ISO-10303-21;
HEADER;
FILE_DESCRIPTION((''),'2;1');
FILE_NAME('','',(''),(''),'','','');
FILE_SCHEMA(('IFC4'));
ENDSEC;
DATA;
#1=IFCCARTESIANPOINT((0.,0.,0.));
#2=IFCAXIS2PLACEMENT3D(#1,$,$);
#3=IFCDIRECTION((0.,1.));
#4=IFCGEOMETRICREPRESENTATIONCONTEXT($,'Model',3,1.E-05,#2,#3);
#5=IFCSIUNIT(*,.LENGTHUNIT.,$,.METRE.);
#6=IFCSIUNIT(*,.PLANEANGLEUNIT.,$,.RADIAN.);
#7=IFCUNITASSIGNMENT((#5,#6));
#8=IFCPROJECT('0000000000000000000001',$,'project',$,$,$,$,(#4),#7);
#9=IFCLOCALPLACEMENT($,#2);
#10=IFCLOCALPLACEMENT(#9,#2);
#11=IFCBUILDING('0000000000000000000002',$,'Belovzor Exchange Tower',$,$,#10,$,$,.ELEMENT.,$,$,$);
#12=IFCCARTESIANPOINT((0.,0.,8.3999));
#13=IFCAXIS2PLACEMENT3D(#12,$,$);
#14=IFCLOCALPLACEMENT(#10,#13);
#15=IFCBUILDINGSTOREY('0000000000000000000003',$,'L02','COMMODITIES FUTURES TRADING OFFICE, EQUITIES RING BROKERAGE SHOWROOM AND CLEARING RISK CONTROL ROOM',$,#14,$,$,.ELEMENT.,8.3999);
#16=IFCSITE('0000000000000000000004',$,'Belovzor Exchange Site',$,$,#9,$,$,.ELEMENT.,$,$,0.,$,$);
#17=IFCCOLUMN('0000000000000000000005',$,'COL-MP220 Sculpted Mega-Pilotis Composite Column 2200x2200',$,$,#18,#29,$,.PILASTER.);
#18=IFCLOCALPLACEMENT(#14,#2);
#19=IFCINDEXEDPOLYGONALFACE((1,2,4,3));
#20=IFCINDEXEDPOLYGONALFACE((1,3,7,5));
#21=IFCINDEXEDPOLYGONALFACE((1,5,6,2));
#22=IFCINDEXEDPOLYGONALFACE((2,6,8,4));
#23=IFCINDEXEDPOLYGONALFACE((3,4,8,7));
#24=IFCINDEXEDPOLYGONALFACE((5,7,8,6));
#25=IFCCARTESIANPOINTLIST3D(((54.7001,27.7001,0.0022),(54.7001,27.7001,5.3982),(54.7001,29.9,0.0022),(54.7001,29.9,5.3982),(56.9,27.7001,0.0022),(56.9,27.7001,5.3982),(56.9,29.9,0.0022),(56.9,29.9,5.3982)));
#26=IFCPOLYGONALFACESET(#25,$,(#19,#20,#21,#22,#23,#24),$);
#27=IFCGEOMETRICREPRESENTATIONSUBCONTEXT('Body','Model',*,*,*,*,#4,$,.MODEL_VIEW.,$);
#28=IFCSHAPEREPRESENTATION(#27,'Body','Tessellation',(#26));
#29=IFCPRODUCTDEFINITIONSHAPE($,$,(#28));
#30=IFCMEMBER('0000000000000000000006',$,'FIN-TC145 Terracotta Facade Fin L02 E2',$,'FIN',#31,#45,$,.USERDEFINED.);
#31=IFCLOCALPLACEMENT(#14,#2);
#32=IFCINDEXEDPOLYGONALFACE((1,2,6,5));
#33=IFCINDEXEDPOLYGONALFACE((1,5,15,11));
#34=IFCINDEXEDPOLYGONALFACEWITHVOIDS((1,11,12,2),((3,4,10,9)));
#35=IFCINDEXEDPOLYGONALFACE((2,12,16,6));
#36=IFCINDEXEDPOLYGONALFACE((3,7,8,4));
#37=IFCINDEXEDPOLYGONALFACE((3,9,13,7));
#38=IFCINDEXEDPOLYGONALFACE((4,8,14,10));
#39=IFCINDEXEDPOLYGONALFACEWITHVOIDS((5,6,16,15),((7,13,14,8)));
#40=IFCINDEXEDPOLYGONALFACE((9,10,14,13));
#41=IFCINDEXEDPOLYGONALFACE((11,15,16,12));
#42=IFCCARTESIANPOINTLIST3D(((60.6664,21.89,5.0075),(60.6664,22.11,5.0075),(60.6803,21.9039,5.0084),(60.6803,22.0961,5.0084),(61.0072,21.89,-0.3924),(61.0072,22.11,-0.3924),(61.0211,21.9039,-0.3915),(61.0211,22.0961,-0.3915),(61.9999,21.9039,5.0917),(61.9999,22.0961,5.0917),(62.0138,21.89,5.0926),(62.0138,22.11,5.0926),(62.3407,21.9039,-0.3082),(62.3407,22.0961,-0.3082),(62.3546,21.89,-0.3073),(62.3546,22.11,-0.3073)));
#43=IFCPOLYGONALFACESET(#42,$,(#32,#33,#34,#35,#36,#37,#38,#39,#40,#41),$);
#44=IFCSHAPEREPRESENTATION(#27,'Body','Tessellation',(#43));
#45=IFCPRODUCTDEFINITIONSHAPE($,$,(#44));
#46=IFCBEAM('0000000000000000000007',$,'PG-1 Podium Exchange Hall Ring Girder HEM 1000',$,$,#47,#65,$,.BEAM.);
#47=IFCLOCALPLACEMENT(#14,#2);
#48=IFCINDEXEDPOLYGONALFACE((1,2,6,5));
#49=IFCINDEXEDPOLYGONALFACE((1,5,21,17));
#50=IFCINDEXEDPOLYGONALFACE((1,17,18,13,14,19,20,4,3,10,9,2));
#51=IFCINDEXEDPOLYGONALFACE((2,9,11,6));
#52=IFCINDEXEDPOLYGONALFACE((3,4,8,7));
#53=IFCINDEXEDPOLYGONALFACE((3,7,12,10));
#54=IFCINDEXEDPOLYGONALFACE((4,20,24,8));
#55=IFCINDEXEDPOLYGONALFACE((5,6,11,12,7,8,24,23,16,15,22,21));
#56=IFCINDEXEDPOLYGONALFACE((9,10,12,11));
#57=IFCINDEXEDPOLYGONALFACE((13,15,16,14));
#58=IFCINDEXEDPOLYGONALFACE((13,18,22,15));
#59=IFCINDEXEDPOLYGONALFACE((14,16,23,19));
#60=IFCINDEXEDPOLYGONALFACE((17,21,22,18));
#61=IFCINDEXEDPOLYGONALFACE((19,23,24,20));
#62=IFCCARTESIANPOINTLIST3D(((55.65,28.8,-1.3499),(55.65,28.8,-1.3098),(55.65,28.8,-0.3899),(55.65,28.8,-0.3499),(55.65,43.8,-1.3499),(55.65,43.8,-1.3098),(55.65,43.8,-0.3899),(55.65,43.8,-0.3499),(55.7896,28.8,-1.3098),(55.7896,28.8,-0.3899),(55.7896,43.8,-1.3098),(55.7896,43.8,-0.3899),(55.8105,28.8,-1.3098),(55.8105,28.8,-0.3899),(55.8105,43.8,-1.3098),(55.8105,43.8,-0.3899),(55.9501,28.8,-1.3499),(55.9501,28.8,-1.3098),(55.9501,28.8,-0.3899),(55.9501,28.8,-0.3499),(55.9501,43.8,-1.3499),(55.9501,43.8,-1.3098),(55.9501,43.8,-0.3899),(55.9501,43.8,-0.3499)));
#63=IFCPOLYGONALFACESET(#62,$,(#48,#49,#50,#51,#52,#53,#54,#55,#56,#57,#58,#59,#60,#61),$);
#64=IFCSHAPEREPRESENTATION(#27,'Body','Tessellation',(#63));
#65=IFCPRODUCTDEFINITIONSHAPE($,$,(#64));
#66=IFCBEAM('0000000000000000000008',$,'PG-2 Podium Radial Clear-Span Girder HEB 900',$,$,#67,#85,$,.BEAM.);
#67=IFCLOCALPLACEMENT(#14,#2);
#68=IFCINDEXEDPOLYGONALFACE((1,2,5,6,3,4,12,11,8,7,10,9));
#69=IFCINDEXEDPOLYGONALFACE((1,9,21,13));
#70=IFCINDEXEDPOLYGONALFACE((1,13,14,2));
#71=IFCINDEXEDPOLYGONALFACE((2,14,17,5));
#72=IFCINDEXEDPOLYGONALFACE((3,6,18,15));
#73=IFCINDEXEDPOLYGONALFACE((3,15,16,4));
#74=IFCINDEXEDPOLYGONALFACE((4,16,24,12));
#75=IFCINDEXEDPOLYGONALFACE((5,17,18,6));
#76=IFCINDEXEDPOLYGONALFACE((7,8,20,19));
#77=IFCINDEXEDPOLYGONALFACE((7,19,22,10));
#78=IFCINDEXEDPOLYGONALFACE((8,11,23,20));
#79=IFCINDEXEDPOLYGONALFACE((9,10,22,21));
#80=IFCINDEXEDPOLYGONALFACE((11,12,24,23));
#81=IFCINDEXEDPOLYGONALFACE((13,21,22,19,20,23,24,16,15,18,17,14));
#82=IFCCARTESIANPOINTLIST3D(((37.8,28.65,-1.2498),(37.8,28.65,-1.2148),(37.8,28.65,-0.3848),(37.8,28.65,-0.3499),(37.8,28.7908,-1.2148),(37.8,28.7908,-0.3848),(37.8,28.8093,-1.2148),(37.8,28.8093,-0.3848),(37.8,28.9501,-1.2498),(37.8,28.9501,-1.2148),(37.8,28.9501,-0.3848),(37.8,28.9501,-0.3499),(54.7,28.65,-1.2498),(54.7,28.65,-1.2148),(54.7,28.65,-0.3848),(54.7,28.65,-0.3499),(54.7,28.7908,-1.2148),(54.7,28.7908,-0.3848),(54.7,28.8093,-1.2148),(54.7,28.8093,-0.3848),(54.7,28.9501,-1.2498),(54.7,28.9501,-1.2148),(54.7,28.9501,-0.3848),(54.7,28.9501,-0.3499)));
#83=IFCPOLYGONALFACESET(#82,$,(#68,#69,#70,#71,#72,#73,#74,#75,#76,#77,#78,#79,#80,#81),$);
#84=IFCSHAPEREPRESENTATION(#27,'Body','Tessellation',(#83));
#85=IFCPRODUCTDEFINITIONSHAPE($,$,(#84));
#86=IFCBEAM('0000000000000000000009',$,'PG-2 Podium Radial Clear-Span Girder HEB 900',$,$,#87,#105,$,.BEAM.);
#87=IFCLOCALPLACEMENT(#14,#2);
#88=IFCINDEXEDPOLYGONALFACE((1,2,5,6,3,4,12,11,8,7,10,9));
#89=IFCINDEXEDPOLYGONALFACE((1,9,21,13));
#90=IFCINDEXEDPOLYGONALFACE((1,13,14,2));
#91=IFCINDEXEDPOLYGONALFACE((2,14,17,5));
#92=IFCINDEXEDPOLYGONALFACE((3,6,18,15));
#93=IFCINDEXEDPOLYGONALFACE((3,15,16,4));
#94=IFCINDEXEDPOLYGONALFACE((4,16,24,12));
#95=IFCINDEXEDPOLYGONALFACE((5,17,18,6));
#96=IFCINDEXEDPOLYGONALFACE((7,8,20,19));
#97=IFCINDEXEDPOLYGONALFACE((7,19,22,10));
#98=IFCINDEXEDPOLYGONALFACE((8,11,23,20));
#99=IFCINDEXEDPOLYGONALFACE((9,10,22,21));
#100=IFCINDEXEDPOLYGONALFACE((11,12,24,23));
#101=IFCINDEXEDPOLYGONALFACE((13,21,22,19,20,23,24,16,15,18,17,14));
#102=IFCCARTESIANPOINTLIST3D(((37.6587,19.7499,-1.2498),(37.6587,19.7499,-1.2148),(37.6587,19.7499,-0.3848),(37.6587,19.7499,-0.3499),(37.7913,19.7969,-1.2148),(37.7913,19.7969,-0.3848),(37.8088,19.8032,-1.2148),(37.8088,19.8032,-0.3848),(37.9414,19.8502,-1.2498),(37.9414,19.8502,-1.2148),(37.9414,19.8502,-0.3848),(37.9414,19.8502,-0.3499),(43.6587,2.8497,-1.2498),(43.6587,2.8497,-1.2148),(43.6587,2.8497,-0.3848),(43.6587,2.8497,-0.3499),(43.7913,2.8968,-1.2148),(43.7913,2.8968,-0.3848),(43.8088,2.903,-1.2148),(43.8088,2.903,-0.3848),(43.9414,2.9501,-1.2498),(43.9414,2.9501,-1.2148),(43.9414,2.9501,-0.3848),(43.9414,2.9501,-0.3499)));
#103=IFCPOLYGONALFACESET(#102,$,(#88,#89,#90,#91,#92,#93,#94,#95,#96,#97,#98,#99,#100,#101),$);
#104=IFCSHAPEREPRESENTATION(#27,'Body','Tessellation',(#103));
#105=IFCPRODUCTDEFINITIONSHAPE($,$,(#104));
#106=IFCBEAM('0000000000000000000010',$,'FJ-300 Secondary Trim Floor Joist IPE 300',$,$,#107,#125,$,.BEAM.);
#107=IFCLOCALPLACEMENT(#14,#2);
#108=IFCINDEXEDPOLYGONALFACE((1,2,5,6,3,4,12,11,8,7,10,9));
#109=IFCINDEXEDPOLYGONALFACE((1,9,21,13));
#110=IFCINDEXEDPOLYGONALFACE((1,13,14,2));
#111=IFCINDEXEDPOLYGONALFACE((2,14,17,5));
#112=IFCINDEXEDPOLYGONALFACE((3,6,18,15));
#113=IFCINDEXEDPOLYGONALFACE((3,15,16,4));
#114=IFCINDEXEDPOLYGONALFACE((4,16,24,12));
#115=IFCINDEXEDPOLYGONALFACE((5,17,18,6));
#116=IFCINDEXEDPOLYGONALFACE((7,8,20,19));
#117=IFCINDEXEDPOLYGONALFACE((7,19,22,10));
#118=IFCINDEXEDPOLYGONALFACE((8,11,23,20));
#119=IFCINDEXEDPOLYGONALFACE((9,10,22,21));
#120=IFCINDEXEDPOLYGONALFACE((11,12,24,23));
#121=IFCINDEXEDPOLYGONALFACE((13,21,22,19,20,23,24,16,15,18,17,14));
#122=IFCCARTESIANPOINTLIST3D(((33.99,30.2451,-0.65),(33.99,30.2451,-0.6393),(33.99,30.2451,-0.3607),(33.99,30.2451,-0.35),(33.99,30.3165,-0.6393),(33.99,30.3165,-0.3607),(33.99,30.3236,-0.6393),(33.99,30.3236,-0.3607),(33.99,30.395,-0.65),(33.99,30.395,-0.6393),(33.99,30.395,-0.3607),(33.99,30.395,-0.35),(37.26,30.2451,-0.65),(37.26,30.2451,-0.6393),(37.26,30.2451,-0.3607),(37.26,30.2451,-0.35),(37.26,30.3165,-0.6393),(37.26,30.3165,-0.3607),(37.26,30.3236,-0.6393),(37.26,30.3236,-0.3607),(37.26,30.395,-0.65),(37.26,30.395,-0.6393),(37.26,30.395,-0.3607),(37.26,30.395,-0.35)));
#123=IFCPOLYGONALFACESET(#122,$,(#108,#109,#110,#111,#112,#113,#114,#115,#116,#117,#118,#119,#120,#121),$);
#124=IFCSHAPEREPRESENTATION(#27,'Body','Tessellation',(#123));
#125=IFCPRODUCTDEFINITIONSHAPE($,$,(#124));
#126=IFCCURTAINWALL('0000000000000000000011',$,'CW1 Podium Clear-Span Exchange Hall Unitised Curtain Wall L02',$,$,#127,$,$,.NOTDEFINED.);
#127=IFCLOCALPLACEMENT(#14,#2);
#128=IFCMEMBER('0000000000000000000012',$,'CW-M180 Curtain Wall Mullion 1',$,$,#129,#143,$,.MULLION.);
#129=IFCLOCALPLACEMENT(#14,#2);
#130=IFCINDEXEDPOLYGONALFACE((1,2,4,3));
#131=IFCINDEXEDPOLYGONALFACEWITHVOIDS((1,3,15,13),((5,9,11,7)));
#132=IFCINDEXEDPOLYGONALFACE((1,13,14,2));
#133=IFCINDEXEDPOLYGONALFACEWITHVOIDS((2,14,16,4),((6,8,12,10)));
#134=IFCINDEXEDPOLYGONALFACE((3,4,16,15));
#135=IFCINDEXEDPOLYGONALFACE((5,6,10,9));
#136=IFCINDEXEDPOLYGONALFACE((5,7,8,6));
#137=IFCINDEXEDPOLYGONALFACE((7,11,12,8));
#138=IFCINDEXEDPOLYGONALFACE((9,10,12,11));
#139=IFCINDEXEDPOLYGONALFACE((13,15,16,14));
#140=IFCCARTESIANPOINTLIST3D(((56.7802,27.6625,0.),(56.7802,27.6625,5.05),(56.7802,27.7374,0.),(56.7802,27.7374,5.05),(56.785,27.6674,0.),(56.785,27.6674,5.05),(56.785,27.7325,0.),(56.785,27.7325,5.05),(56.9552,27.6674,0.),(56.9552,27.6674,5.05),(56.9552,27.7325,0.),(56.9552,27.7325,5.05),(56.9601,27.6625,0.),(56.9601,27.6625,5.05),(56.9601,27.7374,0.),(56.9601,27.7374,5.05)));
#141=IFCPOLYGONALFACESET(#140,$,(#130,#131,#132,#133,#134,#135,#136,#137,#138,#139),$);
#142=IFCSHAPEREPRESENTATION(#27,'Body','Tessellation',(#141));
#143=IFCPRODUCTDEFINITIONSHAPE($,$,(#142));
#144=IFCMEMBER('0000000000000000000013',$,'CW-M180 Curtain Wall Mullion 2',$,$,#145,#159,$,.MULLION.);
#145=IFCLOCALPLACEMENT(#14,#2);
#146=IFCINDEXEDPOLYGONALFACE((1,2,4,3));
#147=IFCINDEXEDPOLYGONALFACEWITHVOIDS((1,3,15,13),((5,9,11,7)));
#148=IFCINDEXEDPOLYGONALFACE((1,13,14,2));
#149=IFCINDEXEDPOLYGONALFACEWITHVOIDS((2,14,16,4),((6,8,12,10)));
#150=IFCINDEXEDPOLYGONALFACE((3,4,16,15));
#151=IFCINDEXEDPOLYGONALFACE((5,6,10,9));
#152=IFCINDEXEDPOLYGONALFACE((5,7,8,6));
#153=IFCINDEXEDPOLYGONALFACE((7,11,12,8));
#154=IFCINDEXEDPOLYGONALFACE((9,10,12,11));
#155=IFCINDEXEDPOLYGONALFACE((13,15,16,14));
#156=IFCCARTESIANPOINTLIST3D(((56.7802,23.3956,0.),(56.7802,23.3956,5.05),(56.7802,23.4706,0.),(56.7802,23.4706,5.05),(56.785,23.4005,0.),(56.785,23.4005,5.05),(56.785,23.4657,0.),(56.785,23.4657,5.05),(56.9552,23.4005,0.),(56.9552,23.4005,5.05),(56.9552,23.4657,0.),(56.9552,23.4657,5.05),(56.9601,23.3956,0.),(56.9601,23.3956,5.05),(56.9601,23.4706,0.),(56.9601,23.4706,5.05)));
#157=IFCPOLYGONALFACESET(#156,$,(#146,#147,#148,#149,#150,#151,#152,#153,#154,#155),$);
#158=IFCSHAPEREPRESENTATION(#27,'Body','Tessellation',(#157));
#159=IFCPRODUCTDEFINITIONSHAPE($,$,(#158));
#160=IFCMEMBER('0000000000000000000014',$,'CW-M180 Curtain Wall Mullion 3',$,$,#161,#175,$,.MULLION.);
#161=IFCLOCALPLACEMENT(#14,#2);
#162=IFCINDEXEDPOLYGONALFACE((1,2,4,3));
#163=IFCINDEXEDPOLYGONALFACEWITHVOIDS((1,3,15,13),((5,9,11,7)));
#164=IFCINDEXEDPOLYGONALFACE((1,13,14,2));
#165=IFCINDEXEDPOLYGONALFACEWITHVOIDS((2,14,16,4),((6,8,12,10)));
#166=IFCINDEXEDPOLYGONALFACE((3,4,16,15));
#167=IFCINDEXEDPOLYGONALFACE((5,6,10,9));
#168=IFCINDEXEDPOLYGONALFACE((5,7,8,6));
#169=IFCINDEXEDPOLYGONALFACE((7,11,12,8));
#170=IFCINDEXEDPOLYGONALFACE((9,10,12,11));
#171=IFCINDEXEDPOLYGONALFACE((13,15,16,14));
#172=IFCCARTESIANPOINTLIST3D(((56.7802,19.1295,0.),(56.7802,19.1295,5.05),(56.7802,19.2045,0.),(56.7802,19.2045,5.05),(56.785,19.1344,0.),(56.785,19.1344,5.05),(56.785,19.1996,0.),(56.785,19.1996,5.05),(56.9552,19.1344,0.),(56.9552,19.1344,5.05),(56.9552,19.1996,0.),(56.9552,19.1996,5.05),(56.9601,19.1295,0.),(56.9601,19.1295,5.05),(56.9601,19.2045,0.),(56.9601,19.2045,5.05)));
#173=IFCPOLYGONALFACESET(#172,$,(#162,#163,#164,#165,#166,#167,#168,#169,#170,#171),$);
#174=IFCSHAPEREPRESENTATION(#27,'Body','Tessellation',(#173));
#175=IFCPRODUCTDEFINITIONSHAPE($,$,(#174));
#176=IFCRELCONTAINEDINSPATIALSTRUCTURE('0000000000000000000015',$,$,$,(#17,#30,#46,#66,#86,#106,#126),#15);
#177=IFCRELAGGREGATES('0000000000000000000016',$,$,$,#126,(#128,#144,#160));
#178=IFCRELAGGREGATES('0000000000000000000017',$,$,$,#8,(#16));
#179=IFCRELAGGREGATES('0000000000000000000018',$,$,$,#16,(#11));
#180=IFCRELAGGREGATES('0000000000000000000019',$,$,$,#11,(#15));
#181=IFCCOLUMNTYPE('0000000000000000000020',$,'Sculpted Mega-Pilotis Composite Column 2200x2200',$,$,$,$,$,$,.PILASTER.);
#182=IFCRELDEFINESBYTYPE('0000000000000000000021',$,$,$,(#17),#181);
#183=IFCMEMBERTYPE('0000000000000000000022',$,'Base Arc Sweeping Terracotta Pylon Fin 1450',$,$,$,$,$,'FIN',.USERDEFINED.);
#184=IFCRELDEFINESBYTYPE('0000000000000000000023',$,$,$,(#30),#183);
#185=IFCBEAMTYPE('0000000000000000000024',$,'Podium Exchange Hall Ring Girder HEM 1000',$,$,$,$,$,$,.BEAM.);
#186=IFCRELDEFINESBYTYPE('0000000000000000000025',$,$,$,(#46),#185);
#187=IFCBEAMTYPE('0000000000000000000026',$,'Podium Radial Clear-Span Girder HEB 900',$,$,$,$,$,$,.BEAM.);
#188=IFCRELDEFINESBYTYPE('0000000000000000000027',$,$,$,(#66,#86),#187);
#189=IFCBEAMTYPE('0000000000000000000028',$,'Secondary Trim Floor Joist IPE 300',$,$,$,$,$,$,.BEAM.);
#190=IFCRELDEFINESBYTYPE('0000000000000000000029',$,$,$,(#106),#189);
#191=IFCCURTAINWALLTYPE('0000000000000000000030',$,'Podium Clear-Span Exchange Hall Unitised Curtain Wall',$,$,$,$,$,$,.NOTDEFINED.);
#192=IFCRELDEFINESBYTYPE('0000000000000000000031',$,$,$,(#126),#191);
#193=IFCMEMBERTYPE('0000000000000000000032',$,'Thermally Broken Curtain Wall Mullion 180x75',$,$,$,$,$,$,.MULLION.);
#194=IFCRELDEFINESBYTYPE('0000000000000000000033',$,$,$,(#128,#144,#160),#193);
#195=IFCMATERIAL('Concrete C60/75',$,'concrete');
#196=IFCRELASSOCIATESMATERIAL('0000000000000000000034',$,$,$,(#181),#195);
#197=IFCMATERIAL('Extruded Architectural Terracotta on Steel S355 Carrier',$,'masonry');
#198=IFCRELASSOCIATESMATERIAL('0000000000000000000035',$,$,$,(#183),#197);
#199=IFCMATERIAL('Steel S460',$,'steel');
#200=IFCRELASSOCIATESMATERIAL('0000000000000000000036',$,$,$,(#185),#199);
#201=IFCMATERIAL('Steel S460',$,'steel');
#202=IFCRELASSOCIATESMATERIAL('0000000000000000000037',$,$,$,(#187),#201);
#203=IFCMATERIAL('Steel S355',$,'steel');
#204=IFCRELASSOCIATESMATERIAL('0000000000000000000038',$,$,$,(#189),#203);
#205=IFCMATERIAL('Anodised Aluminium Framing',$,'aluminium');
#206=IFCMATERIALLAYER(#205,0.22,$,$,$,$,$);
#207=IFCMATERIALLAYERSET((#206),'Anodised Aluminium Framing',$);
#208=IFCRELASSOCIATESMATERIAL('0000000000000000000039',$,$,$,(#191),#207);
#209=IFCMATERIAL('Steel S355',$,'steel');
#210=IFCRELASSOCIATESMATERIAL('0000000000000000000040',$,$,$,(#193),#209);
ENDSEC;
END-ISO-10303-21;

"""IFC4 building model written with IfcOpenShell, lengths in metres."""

from ifc_helpers import new_model, si_unit, direction, frame, origin, origin_2d, place, context, subcontext, project, spatial, rectangle, hollow_rectangle, i_section, extrude, material, layer, layer_set, material_profile, profile_set, type_object, element, aggregate, save


model = new_model("IFC4")

# Units and contexts
model_context = context("Model", 3, precision=1e-05, world=origin(), true_north=direction((0.0, 1.0)))
body_context = subcontext(model_context, "Body", "Model", "MODEL_VIEW")
ifc_project = project(units=[si_unit("LENGTHUNIT", "METRE"), si_unit("PLANEANGLEUNIT", "RADIAN")], contexts=[model_context])

# Site, building, storey
site_placement = place(None, origin())
site = spatial("IfcSite", under=ifc_project, at=site_placement, Name="Belovzor Exchange Site", CompositionType="ELEMENT", RefElevation=0.0)
building_placement = place(site_placement, origin())
building = spatial("IfcBuilding", under=site, at=building_placement, Name="Belovzor Exchange Tower", CompositionType="ELEMENT")
storey_placement = place(building_placement, frame((0.0, 0.0, 8.3999)))
storey = spatial("IfcBuildingStorey", under=building, at=storey_placement, Name="L02", Description="COMMODITIES FUTURES TRADING OFFICE, EQUITIES RING BROKERAGE SHOWROOM AND CLEARING RISK CONTROL ROOM", CompositionType="ELEMENT", Elevation=8.3999)

# Column
ifc_material_1 = material(Name="Concrete C60/75", Category="concrete")
ifc_material_profile_1 = material_profile(ifc_material_1, rectangle(XDim=2.2, YDim=2.2, at=origin_2d()))
ifc_profile_set_1 = profile_set([ifc_material_profile_1], Name="Concrete C60/75")
column_type = type_object("IfcColumnType", Name="Sculpted Mega-Pilotis Composite Column 2200x2200", PredefinedType="PILASTER", material=ifc_profile_set_1)
column_placement = place(storey_placement, frame((55.8, 28.8, 0.0022), z_axis=(0.0, 0.0, 1.0), x_axis=(1.0, 0.0, 0.0)))
element("IfcColumn", 1, at=column_placement, inside=storey, type_object=column_type, Name="COL-MP220 Sculpted Mega-Pilotis Composite Column 2200x2200", PredefinedType="PILASTER", context=body_context, shape_type="SweptSolid", body=[
    extrude(rectangle(XDim=2.2, YDim=2.2, at=origin_2d()), origin(), (0.0, 0.0, 1.0), 5.396),
])

# Member
ifc_material_2 = material(Name="Extruded Architectural Terracotta on Steel S355 Carrier", Category="masonry")
ifc_material_profile_2 = material_profile(ifc_material_2, hollow_rectangle(XDim=0.22, YDim=1.3501, WallThickness=0.0139, at=origin_2d()))
ifc_profile_set_2 = profile_set([ifc_material_profile_2], Name="Extruded Architectural Terracotta on Steel S355 Carrier")
member_type_1 = type_object("IfcMemberType", Name="Base Arc Sweeping Terracotta Pylon Fin 1450", ElementType="FIN", PredefinedType="USERDEFINED", material=ifc_profile_set_2)
member_1_placement = place(storey_placement, frame((61.6809, 22.0, -0.3499), z_axis=(-0.062991, 0.0, 0.998014), x_axis=(0.0, -1.0, 0.0)))
element("IfcMember", 2, at=member_1_placement, inside=storey, type_object=member_type_1, Name="FIN-TC145 Terracotta Facade Fin L02 E2", ObjectType="FIN", PredefinedType="USERDEFINED", context=body_context, shape_type="SweptSolid", body=[
    extrude(hollow_rectangle(XDim=0.22, YDim=1.3501, WallThickness=0.0139, at=origin_2d()), origin(), (0.0, 0.0, 1.0), 5.4106),
])

# Beams
ifc_material_3 = material(Name="Steel S460", Category="steel")
ifc_material_profile_3 = material_profile(ifc_material_3, i_section(OverallWidth=0.3, OverallDepth=1.0, WebThickness=0.021, FlangeThickness=0.04, at=origin_2d()))
ifc_profile_set_3 = profile_set([ifc_material_profile_3], Name="Steel S460")
beam_type_1 = type_object("IfcBeamType", Name="Podium Exchange Hall Ring Girder HEM 1000", PredefinedType="BEAM", material=ifc_profile_set_3)
beam_1_placement = place(storey_placement, frame((55.8, 28.8, -0.8499), z_axis=(0.0, 1.0, 0.0), x_axis=(-1.0, 0.0, 0.0)))
element("IfcBeam", 3, at=beam_1_placement, inside=storey, type_object=beam_type_1, Name="PG-1 Podium Exchange Hall Ring Girder HEM 1000", PredefinedType="BEAM", context=body_context, shape_type="SweptSolid", body=[
    extrude(i_section(OverallWidth=0.3, OverallDepth=1.0, WebThickness=0.021, FlangeThickness=0.04, at=origin_2d()), origin(), (0.0, 0.0, 1.0), 15.0),
])
ifc_material_4 = material(Name="Steel S460", Category="steel")
ifc_material_profile_4 = material_profile(ifc_material_4, i_section(OverallWidth=0.3, OverallDepth=0.8999, WebThickness=0.0186, FlangeThickness=0.0349, at=origin_2d()))
ifc_profile_set_4 = profile_set([ifc_material_profile_4], Name="Steel S460")
beam_type_2 = type_object("IfcBeamType", Name="Podium Radial Clear-Span Girder HEB 900", PredefinedType="BEAM", material=ifc_profile_set_4)
beam_2_placement = place(storey_placement, frame((37.8, 28.8, -0.7998), z_axis=(1.0, 0.0, 0.0), x_axis=(0.0, 1.0, 0.0)))
element("IfcBeam", 4, at=beam_2_placement, inside=storey, type_object=beam_type_2, Name="PG-2 Podium Radial Clear-Span Girder HEB 900", PredefinedType="BEAM", context=body_context, shape_type="SweptSolid", body=[
    extrude(i_section(OverallWidth=0.3, OverallDepth=0.8999, WebThickness=0.0186, FlangeThickness=0.0349, at=origin_2d()), origin(), (0.0, 0.0, 1.0), 16.8999),
])
beam_3_placement = place(storey_placement, frame((37.8, 19.8, -0.7998), z_axis=(0.334567, -0.942372, 0.0), x_axis=(0.942372, 0.334567, 0.0)))
element("IfcBeam", 5, at=beam_3_placement, inside=storey, type_object=beam_type_2, Name="PG-2 Podium Radial Clear-Span Girder HEB 900", PredefinedType="BEAM", context=body_context, shape_type="SweptSolid", body=[
    extrude(i_section(OverallWidth=0.3, OverallDepth=0.8999, WebThickness=0.0186, FlangeThickness=0.0349, at=origin_2d()), origin(), (0.0, 0.0, 1.0), 17.9336),
])
ifc_material_5 = material(Name="Steel S355", Category="steel")
ifc_material_profile_5 = material_profile(ifc_material_5, i_section(OverallWidth=0.1499, OverallDepth=0.3, WebThickness=0.0071, FlangeThickness=0.0107, at=origin_2d()))
ifc_profile_set_5 = profile_set([ifc_material_profile_5], Name="Steel S355")
beam_type_3 = type_object("IfcBeamType", Name="Secondary Trim Floor Joist IPE 300", PredefinedType="BEAM", material=ifc_profile_set_5)
beam_4_placement = place(storey_placement, frame((37.26, 30.3201, -0.5), z_axis=(-1.0, 0.0, 0.0), x_axis=(0.0, -1.0, 0.0)))
element("IfcBeam", 6, at=beam_4_placement, inside=storey, type_object=beam_type_3, Name="FJ-300 Secondary Trim Floor Joist IPE 300", PredefinedType="BEAM", context=body_context, shape_type="SweptSolid", body=[
    extrude(i_section(OverallWidth=0.1499, OverallDepth=0.3, WebThickness=0.0071, FlangeThickness=0.0107, at=origin_2d()), origin(), (0.0, 0.0, 1.0), 3.27),
])

# Curtain wall, members
ifc_material_6 = material(Name="Anodised Aluminium Framing", Category="aluminium")
ifc_layer_1 = layer(ifc_material_6, 0.22)
ifc_layer_set_1 = layer_set([ifc_layer_1], Name="Anodised Aluminium Framing")
curtain_wall_type = type_object("IfcCurtainWallType", Name="Podium Clear-Span Exchange Hall Unitised Curtain Wall", PredefinedType="NOTDEFINED", material=ifc_layer_set_1)
curtain_wall_1_placement = place(storey_placement, origin())
curtain_wall_1 = element("IfcCurtainWall", 7, at=curtain_wall_1_placement, inside=storey, type_object=curtain_wall_type, Name="CW1 Podium Clear-Span Exchange Hall Unitised Curtain Wall L02", PredefinedType="NOTDEFINED")
ifc_material_7 = material(Name="Steel S355", Category="steel")
ifc_material_profile_6 = material_profile(ifc_material_7, hollow_rectangle(XDim=0.075, YDim=0.1799, WallThickness=0.0049, at=origin_2d()))
ifc_profile_set_6 = profile_set([ifc_material_profile_6], Name="Steel S355")
member_type_2 = type_object("IfcMemberType", Name="Thermally Broken Curtain Wall Mullion 180x75", PredefinedType="MULLION", material=ifc_profile_set_6)
member_2_placement = place(storey_placement, frame((56.8701, 27.7, 0.0), z_axis=(0.0, 0.0, 1.0), x_axis=(0.0, -1.0, 0.0)))
member_2 = element("IfcMember", 8, at=member_2_placement, type_object=member_type_2, Name="CW-M180 Curtain Wall Mullion 1", PredefinedType="MULLION", context=body_context, shape_type="SweptSolid", body=[
    extrude(hollow_rectangle(XDim=0.075, YDim=0.1799, WallThickness=0.0049, at=origin_2d()), origin(), (0.0, 0.0, 1.0), 5.05),
])
member_3_placement = place(storey_placement, frame((56.8701, 23.4331, 0.0), z_axis=(0.0, 0.0, 1.0), x_axis=(0.0, -1.0, 0.0)))
member_3 = element("IfcMember", 9, at=member_3_placement, type_object=member_type_2, Name="CW-M180 Curtain Wall Mullion 2", PredefinedType="MULLION", context=body_context, shape_type="SweptSolid", body=[
    extrude(hollow_rectangle(XDim=0.075, YDim=0.1799, WallThickness=0.0049, at=origin_2d()), origin(), (0.0, 0.0, 1.0), 5.05),
])
member_4_placement = place(storey_placement, frame((56.8701, 19.167, 0.0), z_axis=(0.0, 0.0, 1.0), x_axis=(0.0, -1.0, 0.0)))
member_4 = element("IfcMember", 10, at=member_4_placement, type_object=member_type_2, Name="CW-M180 Curtain Wall Mullion 3", PredefinedType="MULLION", context=body_context, shape_type="SweptSolid", body=[
    extrude(hollow_rectangle(XDim=0.075, YDim=0.1799, WallThickness=0.0049, at=origin_2d()), origin(), (0.0, 0.0, 1.0), 5.05),
])

aggregate(curtain_wall_1, [member_2, member_3, member_4])

save(model, "model.ifc")
